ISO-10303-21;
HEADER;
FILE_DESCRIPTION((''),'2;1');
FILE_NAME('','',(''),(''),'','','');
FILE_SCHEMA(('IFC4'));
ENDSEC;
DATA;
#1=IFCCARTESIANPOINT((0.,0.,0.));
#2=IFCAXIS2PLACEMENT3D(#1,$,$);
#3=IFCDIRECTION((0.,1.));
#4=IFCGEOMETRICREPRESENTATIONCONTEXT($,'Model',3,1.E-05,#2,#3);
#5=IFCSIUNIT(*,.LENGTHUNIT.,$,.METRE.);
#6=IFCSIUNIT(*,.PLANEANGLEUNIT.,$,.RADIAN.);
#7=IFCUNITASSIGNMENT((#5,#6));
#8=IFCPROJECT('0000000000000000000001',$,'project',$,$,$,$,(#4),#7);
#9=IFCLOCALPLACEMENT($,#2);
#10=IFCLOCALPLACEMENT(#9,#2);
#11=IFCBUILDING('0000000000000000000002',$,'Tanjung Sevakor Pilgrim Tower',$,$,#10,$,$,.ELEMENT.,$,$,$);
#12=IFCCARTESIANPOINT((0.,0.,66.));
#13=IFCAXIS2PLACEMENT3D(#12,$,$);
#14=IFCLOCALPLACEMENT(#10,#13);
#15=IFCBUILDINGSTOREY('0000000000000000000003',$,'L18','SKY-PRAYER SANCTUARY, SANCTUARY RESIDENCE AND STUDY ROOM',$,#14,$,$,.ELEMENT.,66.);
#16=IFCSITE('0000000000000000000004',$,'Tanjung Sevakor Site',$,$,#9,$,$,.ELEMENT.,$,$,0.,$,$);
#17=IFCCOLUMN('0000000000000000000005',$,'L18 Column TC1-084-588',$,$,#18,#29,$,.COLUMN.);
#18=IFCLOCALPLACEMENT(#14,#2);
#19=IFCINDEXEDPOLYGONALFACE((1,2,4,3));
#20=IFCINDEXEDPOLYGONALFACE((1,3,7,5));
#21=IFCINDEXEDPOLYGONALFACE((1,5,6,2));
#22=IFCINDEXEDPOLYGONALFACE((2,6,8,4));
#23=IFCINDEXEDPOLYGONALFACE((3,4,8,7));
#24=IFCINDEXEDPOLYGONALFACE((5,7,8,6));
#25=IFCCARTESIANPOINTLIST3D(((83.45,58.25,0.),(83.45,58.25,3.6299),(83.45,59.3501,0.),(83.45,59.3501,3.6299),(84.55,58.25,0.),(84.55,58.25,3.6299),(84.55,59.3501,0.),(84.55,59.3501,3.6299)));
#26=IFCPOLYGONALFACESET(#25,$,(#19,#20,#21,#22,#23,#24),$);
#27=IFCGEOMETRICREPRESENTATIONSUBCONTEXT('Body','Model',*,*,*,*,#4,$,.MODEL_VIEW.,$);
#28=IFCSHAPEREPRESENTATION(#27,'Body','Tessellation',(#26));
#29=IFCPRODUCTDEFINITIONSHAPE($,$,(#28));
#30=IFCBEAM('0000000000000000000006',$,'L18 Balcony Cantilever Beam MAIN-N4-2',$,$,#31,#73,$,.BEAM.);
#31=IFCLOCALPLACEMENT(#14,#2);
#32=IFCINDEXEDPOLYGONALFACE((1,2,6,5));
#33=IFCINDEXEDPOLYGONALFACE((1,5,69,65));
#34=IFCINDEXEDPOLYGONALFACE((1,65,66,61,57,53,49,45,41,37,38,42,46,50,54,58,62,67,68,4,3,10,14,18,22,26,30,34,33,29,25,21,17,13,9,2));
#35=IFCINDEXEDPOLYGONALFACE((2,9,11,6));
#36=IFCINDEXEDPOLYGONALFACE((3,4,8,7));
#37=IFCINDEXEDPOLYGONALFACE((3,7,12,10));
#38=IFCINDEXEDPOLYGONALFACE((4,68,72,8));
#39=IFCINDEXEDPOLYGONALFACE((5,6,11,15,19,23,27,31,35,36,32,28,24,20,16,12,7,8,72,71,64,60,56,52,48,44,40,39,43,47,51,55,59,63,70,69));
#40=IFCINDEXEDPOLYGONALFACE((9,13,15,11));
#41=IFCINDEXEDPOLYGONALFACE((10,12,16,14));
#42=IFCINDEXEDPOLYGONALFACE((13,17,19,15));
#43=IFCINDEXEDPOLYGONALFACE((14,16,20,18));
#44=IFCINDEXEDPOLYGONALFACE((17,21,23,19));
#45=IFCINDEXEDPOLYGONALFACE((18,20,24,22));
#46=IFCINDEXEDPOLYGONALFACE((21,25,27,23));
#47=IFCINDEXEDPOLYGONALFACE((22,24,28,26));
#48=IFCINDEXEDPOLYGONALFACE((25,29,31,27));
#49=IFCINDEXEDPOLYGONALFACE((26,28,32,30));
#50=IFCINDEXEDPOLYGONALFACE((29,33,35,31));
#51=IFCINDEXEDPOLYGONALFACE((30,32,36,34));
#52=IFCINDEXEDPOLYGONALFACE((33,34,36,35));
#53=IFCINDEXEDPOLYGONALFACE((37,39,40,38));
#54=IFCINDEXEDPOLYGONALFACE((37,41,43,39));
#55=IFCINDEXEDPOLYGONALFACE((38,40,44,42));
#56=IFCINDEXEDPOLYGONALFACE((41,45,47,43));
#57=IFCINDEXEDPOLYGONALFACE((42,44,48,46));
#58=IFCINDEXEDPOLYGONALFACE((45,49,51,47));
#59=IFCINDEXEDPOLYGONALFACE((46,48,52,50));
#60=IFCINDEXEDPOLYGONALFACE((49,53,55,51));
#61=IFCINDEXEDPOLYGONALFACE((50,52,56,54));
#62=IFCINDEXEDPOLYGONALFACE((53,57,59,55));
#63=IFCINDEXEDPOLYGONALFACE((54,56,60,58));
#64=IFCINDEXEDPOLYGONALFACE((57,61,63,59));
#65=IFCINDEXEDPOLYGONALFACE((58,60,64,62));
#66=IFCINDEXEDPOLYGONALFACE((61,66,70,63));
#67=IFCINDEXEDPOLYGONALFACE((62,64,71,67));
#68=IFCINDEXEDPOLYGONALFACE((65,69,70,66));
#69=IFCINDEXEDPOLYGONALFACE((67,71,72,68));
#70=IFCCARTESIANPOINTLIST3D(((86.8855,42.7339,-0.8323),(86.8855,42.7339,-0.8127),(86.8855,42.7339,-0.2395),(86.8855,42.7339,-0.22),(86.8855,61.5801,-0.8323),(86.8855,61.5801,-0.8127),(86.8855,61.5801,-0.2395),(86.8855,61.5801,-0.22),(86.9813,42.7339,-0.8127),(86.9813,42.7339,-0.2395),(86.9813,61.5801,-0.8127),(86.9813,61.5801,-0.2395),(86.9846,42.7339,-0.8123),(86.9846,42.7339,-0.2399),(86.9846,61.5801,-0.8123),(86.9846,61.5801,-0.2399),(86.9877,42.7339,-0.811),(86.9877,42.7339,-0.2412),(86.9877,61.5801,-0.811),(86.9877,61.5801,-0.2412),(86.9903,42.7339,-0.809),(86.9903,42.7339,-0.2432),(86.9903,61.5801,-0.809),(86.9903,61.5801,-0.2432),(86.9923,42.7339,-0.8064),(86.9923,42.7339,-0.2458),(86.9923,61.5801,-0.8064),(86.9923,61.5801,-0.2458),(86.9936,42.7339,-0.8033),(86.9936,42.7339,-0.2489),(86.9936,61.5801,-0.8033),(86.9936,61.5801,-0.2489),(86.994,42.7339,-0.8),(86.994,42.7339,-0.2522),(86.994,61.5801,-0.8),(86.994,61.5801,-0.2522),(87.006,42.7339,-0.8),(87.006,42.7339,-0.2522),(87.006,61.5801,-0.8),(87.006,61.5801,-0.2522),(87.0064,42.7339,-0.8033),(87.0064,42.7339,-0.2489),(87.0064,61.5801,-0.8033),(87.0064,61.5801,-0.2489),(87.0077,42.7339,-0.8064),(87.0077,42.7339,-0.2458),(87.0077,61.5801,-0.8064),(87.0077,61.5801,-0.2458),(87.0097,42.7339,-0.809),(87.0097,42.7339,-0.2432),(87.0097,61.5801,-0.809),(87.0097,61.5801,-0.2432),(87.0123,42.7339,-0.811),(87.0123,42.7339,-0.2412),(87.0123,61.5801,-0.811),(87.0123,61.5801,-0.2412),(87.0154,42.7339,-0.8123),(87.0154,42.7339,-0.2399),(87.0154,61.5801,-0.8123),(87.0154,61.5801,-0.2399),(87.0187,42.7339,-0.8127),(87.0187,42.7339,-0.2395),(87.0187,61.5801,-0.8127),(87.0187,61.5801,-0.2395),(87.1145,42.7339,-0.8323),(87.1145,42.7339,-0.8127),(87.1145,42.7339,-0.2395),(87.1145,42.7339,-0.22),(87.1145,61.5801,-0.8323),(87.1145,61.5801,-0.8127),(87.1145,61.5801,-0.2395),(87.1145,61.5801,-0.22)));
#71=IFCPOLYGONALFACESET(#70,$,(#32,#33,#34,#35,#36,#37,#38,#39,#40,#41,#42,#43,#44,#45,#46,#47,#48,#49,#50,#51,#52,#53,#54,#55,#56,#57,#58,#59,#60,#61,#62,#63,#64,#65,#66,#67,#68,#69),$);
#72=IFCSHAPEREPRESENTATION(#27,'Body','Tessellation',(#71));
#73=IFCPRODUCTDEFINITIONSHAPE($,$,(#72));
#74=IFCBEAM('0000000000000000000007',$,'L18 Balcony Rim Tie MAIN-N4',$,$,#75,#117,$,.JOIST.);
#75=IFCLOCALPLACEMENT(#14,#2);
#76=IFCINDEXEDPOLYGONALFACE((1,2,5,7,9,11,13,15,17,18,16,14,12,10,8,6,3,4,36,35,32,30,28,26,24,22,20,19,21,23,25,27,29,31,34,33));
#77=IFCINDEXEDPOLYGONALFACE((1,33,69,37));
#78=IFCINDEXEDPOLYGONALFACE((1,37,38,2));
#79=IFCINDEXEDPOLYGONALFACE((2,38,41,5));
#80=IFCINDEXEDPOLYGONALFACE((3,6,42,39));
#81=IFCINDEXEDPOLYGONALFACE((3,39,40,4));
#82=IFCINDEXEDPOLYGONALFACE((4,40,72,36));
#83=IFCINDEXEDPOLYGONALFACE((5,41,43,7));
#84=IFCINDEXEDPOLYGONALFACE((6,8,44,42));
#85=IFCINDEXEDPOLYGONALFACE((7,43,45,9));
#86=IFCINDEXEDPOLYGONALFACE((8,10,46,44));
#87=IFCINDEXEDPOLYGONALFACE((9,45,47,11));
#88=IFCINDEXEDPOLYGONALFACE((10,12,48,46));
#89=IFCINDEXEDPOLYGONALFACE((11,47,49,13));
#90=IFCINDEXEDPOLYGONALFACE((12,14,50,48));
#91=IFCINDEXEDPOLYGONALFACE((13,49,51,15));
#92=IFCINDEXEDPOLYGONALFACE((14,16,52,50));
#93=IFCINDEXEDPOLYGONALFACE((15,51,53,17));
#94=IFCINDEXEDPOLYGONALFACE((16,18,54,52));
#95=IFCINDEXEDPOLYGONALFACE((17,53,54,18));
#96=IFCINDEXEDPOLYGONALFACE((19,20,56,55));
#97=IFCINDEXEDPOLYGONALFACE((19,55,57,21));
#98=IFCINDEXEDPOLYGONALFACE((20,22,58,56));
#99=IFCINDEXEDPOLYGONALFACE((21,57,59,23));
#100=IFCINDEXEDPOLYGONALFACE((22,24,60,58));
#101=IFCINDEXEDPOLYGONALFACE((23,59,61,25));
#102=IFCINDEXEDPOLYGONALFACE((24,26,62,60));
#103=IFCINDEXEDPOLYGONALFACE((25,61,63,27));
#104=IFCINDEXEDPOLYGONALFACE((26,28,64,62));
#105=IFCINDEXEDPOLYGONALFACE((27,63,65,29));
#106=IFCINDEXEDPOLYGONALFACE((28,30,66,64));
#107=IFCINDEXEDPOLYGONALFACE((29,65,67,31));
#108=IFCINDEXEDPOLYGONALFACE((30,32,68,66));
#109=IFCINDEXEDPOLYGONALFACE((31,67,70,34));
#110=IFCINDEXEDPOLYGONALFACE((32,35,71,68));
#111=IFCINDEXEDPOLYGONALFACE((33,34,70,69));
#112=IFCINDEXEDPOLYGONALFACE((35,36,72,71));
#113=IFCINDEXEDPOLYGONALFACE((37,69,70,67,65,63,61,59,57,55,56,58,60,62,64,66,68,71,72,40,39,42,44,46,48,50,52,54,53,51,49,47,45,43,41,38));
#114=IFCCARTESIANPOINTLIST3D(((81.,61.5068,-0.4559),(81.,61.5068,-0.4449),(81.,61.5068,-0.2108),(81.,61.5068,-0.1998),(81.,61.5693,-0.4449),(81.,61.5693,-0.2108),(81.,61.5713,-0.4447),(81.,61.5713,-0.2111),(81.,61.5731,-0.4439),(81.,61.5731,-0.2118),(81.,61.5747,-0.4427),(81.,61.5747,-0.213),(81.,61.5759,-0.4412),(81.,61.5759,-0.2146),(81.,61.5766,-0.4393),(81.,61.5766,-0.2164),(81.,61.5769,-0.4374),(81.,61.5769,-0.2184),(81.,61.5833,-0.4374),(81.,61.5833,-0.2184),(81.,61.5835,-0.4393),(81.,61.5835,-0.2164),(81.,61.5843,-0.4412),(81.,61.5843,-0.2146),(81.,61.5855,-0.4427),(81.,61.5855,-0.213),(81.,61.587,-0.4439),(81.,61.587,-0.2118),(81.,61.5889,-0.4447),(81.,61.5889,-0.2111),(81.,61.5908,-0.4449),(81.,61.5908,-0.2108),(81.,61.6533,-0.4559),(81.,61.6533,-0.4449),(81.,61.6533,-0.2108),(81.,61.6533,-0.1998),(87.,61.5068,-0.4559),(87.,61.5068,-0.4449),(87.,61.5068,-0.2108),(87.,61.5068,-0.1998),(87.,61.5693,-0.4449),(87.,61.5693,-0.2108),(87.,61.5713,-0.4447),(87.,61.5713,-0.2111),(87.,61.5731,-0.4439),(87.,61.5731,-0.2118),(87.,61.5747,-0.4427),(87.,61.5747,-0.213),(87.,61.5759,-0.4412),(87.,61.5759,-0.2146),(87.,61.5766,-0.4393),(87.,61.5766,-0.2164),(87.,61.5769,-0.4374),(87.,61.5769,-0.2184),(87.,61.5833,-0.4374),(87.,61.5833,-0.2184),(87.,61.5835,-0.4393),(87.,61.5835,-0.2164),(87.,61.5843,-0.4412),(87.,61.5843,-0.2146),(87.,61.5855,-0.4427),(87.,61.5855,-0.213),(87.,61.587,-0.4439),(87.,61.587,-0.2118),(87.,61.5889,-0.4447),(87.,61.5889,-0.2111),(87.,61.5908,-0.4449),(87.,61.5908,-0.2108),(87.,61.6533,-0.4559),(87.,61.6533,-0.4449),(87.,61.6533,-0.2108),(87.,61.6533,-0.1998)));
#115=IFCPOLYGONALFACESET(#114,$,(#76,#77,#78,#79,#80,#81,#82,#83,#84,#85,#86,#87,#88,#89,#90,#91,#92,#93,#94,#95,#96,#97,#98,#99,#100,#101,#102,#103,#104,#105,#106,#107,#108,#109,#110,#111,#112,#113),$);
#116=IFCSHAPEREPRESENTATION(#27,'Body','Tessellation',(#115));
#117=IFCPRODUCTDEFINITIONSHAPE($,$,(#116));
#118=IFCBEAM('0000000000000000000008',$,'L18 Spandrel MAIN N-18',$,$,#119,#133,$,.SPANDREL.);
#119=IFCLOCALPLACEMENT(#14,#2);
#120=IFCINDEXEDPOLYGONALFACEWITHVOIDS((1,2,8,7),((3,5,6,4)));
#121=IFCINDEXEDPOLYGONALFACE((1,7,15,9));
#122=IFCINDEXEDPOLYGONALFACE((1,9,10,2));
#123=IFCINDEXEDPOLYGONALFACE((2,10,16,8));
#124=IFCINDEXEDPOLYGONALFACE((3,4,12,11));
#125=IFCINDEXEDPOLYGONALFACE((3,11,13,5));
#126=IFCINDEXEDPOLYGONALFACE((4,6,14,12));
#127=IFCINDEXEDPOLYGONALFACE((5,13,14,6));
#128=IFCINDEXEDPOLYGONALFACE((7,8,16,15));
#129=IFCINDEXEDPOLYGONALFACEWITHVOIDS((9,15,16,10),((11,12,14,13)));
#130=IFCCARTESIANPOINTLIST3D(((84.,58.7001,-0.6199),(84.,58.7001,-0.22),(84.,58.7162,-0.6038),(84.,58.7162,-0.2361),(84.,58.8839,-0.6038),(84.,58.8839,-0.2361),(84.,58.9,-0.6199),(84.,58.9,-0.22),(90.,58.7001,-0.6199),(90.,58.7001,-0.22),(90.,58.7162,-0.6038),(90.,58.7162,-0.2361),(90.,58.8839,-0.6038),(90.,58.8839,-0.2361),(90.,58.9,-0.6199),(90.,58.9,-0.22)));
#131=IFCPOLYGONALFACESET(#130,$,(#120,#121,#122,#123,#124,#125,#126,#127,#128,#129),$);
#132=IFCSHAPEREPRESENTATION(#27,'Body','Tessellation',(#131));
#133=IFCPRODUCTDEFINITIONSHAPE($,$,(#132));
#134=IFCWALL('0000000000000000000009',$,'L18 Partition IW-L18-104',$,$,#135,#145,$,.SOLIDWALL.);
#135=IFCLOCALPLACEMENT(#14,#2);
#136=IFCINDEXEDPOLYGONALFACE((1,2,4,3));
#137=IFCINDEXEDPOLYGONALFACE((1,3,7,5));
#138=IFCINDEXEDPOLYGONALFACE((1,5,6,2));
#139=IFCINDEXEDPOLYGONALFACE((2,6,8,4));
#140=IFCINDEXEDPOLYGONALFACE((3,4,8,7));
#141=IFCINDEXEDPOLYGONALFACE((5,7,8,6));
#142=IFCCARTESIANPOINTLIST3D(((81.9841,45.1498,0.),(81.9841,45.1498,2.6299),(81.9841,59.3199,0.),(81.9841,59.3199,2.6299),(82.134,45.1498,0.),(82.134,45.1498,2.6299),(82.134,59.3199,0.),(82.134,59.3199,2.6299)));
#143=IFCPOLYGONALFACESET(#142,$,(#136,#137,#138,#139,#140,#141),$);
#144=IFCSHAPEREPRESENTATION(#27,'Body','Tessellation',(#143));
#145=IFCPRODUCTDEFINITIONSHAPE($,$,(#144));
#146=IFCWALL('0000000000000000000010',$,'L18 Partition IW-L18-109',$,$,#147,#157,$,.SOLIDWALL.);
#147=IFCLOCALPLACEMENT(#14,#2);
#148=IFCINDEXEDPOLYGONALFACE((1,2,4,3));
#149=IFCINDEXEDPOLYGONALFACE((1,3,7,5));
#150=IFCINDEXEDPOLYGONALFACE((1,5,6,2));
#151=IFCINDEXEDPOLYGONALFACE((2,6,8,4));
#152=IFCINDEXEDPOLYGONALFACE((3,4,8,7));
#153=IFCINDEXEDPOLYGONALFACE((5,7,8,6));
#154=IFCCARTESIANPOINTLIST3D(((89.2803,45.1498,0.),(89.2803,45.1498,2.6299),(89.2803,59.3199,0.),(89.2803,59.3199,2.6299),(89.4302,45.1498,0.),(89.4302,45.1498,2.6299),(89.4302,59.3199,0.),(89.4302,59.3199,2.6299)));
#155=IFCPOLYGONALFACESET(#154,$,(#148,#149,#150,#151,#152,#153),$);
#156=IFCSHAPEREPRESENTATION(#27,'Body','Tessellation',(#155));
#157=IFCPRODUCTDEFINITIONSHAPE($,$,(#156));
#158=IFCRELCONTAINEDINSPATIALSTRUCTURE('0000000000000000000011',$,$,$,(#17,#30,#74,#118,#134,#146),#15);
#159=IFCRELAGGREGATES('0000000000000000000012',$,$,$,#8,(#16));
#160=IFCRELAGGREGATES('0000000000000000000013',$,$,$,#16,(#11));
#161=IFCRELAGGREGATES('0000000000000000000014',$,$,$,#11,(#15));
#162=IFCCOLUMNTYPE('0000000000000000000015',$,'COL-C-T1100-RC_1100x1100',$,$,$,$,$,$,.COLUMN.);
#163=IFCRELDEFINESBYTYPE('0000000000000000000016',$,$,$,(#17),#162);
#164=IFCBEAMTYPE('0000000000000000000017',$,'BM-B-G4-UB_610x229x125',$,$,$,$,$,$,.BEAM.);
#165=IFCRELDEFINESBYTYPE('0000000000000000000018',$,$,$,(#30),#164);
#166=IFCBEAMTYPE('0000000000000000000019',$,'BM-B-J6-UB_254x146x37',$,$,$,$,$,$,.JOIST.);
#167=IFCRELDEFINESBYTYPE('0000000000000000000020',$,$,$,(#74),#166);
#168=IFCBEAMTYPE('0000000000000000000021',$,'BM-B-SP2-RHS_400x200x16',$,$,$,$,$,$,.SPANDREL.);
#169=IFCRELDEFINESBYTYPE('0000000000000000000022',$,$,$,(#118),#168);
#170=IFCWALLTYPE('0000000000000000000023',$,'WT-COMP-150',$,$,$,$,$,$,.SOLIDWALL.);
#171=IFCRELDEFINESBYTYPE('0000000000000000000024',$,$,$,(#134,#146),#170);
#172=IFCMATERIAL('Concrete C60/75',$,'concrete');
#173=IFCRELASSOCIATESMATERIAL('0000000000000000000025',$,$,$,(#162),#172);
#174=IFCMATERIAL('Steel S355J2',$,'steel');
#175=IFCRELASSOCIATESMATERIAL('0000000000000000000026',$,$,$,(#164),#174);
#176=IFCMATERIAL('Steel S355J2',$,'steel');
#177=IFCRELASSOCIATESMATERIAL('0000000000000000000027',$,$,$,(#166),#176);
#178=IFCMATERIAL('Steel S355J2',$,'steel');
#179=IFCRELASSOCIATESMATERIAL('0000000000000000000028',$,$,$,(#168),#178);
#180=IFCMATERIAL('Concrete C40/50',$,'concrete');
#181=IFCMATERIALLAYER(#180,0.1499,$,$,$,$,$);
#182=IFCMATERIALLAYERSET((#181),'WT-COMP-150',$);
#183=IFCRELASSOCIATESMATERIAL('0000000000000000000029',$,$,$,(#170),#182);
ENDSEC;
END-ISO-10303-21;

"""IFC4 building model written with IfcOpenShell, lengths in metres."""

from ifc_helpers import new_model, si_unit, direction, frame, frame_2d, origin, origin_2d, place, context, subcontext, project, spatial, rectangle, hollow_rectangle, i_section, extrude, material, layer, layer_set, material_profile, profile_set, type_object, element, save


model = new_model("IFC4")

# Units and contexts
model_context = context("Model", 3, precision=1e-05, world=origin(), true_north=direction((0.0, 1.0)))
body_context = subcontext(model_context, "Body", "Model", "MODEL_VIEW")
ifc_project = project(units=[si_unit("LENGTHUNIT", "METRE"), si_unit("PLANEANGLEUNIT", "RADIAN")], contexts=[model_context])

# Site, building, storey
site_placement = place(None, origin())
site = spatial("IfcSite", under=ifc_project, at=site_placement, Name="Tanjung Sevakor Site", CompositionType="ELEMENT", RefElevation=0.0)
building_placement = place(site_placement, origin())
building = spatial("IfcBuilding", under=site, at=building_placement, Name="Tanjung Sevakor Pilgrim Tower", CompositionType="ELEMENT")
storey_placement = place(building_placement, frame((0.0, 0.0, 66.0)))
storey = spatial("IfcBuildingStorey", under=building, at=storey_placement, Name="L18", Description="SKY-PRAYER SANCTUARY, SANCTUARY RESIDENCE AND STUDY ROOM", CompositionType="ELEMENT", Elevation=66.0)

# Column
ifc_material_1 = material(Name="Concrete C60/75", Category="concrete")
ifc_material_profile_1 = material_profile(ifc_material_1, rectangle(XDim=1.1001, YDim=1.1001, at=origin_2d()))
ifc_profile_set_1 = profile_set([ifc_material_profile_1], Name="Concrete C60/75")
column_type = type_object("IfcColumnType", Name="COL-C-T1100-RC_1100x1100", PredefinedType="COLUMN", material=ifc_profile_set_1)
column_placement = place(storey_placement, frame((84.0, 58.8, 0.0), z_axis=(0.0, 0.0, 1.0), x_axis=(1.0, 0.0, 0.0)))
element("IfcColumn", 1, at=column_placement, inside=storey, type_object=column_type, Name="L18 Column TC1-084-588", PredefinedType="COLUMN", context=body_context, shape_type="SweptSolid", body=[
    extrude(rectangle(XDim=1.1001, YDim=1.1001, at=origin_2d()), origin(), (0.0, 0.0, 1.0), 3.6299),
])

# Beams
ifc_material_2 = material(Name="Steel S355J2", Category="steel")
ifc_material_profile_2 = material_profile(ifc_material_2, i_section(OverallWidth=0.229, OverallDepth=0.6123, WebThickness=0.012, FlangeThickness=0.0195, FilletRadius=0.0127, at=origin_2d()))
ifc_profile_set_2 = profile_set([ifc_material_profile_2], Name="Steel S355J2")
beam_type_1 = type_object("IfcBeamType", Name="BM-B-G4-UB_610x229x125", PredefinedType="BEAM", material=ifc_profile_set_2)
beam_1_placement = place(storey_placement, frame((87.0, 42.7339, -0.5261), z_axis=(0.0, 1.0, 0.0), x_axis=(-1.0, 0.0, 0.0)))
element("IfcBeam", 2, at=beam_1_placement, inside=storey, type_object=beam_type_1, Name="L18 Balcony Cantilever Beam MAIN-N4-2", PredefinedType="BEAM", context=body_context, shape_type="SweptSolid", body=[
    extrude(i_section(OverallWidth=0.229, OverallDepth=0.6123, WebThickness=0.012, FlangeThickness=0.0195, FilletRadius=0.0127, at=origin_2d()), origin(), (0.0, 0.0, 1.0), 18.8462),
])
ifc_material_3 = material(Name="Steel S355J2", Category="steel")
ifc_material_profile_3 = material_profile(ifc_material_3, i_section(OverallWidth=0.1465, OverallDepth=0.2561, WebThickness=0.0063, FlangeThickness=0.011, FilletRadius=0.0076, at=origin_2d()))
ifc_profile_set_3 = profile_set([ifc_material_profile_3], Name="Steel S355J2")
beam_type_2 = type_object("IfcBeamType", Name="BM-B-J6-UB_254x146x37", PredefinedType="JOIST", material=ifc_profile_set_3)
beam_2_placement = place(storey_placement, frame((81.0, 61.5801, -0.3279), z_axis=(1.0, 0.0, 0.0), x_axis=(0.0, 1.0, 0.0)))
element("IfcBeam", 3, at=beam_2_placement, inside=storey, type_object=beam_type_2, Name="L18 Balcony Rim Tie MAIN-N4", PredefinedType="JOIST", context=body_context, shape_type="SweptSolid", body=[
    extrude(i_section(OverallWidth=0.1465, OverallDepth=0.2561, WebThickness=0.0063, FlangeThickness=0.011, FilletRadius=0.0076, at=origin_2d()), origin(), (0.0, 0.0, 1.0), 6.0),
])
ifc_material_4 = material(Name="Steel S355J2", Category="steel")
ifc_material_profile_4 = material_profile(ifc_material_4, hollow_rectangle(XDim=0.2, YDim=0.3999, WallThickness=0.0161, at=origin_2d()))
ifc_profile_set_4 = profile_set([ifc_material_profile_4], Name="Steel S355J2")
beam_type_3 = type_object("IfcBeamType", Name="BM-B-SP2-RHS_400x200x16", PredefinedType="SPANDREL", material=ifc_profile_set_4)
beam_3_placement = place(storey_placement, frame((84.0, 58.8, -0.4199), z_axis=(1.0, 0.0, 0.0), x_axis=(0.0, 1.0, 0.0)))
element("IfcBeam", 4, at=beam_3_placement, inside=storey, type_object=beam_type_3, Name="L18 Spandrel MAIN N-18", PredefinedType="SPANDREL", context=body_context, shape_type="SweptSolid", body=[
    extrude(hollow_rectangle(XDim=0.2, YDim=0.3999, WallThickness=0.0161, at=origin_2d()), origin(), (0.0, 0.0, 1.0), 6.0),
])

# Walls
ifc_material_5 = material(Name="Concrete C40/50", Category="concrete")
ifc_layer_1 = layer(ifc_material_5, 0.1499)
ifc_layer_set_1 = layer_set([ifc_layer_1], Name="WT-COMP-150")
wall_type_1 = type_object("IfcWallType", Name="WT-COMP-150", PredefinedType="SOLIDWALL", material=ifc_layer_set_1)
for number, where, z_axis, x_axis, name in (
    (5, (82.0591, 45.1499, 0.0), (0.0, 0.0, 1.0), (0.0, 1.0, 0.0), "L18 Partition IW-L18-104"),
    (6, (89.3552, 45.1499, 0.0), (0.0, 0.0, 1.0), (0.0, 1.0, 0.0), "L18 Partition IW-L18-109"),
):
    element("IfcWall", number, at=place(storey_placement, frame(where, z_axis=z_axis, x_axis=x_axis)), inside=storey, type_object=wall_type_1, Name=name, PredefinedType="SOLIDWALL", context=body_context, shape_type="SweptSolid", body=[
        extrude(rectangle(XDim=14.1702, YDim=0.1499, at=frame_2d((7.085, 0.0))), origin(), (0.0, 0.0, 1.0), 2.6299),
    ])

save(model, "model.ifc")
